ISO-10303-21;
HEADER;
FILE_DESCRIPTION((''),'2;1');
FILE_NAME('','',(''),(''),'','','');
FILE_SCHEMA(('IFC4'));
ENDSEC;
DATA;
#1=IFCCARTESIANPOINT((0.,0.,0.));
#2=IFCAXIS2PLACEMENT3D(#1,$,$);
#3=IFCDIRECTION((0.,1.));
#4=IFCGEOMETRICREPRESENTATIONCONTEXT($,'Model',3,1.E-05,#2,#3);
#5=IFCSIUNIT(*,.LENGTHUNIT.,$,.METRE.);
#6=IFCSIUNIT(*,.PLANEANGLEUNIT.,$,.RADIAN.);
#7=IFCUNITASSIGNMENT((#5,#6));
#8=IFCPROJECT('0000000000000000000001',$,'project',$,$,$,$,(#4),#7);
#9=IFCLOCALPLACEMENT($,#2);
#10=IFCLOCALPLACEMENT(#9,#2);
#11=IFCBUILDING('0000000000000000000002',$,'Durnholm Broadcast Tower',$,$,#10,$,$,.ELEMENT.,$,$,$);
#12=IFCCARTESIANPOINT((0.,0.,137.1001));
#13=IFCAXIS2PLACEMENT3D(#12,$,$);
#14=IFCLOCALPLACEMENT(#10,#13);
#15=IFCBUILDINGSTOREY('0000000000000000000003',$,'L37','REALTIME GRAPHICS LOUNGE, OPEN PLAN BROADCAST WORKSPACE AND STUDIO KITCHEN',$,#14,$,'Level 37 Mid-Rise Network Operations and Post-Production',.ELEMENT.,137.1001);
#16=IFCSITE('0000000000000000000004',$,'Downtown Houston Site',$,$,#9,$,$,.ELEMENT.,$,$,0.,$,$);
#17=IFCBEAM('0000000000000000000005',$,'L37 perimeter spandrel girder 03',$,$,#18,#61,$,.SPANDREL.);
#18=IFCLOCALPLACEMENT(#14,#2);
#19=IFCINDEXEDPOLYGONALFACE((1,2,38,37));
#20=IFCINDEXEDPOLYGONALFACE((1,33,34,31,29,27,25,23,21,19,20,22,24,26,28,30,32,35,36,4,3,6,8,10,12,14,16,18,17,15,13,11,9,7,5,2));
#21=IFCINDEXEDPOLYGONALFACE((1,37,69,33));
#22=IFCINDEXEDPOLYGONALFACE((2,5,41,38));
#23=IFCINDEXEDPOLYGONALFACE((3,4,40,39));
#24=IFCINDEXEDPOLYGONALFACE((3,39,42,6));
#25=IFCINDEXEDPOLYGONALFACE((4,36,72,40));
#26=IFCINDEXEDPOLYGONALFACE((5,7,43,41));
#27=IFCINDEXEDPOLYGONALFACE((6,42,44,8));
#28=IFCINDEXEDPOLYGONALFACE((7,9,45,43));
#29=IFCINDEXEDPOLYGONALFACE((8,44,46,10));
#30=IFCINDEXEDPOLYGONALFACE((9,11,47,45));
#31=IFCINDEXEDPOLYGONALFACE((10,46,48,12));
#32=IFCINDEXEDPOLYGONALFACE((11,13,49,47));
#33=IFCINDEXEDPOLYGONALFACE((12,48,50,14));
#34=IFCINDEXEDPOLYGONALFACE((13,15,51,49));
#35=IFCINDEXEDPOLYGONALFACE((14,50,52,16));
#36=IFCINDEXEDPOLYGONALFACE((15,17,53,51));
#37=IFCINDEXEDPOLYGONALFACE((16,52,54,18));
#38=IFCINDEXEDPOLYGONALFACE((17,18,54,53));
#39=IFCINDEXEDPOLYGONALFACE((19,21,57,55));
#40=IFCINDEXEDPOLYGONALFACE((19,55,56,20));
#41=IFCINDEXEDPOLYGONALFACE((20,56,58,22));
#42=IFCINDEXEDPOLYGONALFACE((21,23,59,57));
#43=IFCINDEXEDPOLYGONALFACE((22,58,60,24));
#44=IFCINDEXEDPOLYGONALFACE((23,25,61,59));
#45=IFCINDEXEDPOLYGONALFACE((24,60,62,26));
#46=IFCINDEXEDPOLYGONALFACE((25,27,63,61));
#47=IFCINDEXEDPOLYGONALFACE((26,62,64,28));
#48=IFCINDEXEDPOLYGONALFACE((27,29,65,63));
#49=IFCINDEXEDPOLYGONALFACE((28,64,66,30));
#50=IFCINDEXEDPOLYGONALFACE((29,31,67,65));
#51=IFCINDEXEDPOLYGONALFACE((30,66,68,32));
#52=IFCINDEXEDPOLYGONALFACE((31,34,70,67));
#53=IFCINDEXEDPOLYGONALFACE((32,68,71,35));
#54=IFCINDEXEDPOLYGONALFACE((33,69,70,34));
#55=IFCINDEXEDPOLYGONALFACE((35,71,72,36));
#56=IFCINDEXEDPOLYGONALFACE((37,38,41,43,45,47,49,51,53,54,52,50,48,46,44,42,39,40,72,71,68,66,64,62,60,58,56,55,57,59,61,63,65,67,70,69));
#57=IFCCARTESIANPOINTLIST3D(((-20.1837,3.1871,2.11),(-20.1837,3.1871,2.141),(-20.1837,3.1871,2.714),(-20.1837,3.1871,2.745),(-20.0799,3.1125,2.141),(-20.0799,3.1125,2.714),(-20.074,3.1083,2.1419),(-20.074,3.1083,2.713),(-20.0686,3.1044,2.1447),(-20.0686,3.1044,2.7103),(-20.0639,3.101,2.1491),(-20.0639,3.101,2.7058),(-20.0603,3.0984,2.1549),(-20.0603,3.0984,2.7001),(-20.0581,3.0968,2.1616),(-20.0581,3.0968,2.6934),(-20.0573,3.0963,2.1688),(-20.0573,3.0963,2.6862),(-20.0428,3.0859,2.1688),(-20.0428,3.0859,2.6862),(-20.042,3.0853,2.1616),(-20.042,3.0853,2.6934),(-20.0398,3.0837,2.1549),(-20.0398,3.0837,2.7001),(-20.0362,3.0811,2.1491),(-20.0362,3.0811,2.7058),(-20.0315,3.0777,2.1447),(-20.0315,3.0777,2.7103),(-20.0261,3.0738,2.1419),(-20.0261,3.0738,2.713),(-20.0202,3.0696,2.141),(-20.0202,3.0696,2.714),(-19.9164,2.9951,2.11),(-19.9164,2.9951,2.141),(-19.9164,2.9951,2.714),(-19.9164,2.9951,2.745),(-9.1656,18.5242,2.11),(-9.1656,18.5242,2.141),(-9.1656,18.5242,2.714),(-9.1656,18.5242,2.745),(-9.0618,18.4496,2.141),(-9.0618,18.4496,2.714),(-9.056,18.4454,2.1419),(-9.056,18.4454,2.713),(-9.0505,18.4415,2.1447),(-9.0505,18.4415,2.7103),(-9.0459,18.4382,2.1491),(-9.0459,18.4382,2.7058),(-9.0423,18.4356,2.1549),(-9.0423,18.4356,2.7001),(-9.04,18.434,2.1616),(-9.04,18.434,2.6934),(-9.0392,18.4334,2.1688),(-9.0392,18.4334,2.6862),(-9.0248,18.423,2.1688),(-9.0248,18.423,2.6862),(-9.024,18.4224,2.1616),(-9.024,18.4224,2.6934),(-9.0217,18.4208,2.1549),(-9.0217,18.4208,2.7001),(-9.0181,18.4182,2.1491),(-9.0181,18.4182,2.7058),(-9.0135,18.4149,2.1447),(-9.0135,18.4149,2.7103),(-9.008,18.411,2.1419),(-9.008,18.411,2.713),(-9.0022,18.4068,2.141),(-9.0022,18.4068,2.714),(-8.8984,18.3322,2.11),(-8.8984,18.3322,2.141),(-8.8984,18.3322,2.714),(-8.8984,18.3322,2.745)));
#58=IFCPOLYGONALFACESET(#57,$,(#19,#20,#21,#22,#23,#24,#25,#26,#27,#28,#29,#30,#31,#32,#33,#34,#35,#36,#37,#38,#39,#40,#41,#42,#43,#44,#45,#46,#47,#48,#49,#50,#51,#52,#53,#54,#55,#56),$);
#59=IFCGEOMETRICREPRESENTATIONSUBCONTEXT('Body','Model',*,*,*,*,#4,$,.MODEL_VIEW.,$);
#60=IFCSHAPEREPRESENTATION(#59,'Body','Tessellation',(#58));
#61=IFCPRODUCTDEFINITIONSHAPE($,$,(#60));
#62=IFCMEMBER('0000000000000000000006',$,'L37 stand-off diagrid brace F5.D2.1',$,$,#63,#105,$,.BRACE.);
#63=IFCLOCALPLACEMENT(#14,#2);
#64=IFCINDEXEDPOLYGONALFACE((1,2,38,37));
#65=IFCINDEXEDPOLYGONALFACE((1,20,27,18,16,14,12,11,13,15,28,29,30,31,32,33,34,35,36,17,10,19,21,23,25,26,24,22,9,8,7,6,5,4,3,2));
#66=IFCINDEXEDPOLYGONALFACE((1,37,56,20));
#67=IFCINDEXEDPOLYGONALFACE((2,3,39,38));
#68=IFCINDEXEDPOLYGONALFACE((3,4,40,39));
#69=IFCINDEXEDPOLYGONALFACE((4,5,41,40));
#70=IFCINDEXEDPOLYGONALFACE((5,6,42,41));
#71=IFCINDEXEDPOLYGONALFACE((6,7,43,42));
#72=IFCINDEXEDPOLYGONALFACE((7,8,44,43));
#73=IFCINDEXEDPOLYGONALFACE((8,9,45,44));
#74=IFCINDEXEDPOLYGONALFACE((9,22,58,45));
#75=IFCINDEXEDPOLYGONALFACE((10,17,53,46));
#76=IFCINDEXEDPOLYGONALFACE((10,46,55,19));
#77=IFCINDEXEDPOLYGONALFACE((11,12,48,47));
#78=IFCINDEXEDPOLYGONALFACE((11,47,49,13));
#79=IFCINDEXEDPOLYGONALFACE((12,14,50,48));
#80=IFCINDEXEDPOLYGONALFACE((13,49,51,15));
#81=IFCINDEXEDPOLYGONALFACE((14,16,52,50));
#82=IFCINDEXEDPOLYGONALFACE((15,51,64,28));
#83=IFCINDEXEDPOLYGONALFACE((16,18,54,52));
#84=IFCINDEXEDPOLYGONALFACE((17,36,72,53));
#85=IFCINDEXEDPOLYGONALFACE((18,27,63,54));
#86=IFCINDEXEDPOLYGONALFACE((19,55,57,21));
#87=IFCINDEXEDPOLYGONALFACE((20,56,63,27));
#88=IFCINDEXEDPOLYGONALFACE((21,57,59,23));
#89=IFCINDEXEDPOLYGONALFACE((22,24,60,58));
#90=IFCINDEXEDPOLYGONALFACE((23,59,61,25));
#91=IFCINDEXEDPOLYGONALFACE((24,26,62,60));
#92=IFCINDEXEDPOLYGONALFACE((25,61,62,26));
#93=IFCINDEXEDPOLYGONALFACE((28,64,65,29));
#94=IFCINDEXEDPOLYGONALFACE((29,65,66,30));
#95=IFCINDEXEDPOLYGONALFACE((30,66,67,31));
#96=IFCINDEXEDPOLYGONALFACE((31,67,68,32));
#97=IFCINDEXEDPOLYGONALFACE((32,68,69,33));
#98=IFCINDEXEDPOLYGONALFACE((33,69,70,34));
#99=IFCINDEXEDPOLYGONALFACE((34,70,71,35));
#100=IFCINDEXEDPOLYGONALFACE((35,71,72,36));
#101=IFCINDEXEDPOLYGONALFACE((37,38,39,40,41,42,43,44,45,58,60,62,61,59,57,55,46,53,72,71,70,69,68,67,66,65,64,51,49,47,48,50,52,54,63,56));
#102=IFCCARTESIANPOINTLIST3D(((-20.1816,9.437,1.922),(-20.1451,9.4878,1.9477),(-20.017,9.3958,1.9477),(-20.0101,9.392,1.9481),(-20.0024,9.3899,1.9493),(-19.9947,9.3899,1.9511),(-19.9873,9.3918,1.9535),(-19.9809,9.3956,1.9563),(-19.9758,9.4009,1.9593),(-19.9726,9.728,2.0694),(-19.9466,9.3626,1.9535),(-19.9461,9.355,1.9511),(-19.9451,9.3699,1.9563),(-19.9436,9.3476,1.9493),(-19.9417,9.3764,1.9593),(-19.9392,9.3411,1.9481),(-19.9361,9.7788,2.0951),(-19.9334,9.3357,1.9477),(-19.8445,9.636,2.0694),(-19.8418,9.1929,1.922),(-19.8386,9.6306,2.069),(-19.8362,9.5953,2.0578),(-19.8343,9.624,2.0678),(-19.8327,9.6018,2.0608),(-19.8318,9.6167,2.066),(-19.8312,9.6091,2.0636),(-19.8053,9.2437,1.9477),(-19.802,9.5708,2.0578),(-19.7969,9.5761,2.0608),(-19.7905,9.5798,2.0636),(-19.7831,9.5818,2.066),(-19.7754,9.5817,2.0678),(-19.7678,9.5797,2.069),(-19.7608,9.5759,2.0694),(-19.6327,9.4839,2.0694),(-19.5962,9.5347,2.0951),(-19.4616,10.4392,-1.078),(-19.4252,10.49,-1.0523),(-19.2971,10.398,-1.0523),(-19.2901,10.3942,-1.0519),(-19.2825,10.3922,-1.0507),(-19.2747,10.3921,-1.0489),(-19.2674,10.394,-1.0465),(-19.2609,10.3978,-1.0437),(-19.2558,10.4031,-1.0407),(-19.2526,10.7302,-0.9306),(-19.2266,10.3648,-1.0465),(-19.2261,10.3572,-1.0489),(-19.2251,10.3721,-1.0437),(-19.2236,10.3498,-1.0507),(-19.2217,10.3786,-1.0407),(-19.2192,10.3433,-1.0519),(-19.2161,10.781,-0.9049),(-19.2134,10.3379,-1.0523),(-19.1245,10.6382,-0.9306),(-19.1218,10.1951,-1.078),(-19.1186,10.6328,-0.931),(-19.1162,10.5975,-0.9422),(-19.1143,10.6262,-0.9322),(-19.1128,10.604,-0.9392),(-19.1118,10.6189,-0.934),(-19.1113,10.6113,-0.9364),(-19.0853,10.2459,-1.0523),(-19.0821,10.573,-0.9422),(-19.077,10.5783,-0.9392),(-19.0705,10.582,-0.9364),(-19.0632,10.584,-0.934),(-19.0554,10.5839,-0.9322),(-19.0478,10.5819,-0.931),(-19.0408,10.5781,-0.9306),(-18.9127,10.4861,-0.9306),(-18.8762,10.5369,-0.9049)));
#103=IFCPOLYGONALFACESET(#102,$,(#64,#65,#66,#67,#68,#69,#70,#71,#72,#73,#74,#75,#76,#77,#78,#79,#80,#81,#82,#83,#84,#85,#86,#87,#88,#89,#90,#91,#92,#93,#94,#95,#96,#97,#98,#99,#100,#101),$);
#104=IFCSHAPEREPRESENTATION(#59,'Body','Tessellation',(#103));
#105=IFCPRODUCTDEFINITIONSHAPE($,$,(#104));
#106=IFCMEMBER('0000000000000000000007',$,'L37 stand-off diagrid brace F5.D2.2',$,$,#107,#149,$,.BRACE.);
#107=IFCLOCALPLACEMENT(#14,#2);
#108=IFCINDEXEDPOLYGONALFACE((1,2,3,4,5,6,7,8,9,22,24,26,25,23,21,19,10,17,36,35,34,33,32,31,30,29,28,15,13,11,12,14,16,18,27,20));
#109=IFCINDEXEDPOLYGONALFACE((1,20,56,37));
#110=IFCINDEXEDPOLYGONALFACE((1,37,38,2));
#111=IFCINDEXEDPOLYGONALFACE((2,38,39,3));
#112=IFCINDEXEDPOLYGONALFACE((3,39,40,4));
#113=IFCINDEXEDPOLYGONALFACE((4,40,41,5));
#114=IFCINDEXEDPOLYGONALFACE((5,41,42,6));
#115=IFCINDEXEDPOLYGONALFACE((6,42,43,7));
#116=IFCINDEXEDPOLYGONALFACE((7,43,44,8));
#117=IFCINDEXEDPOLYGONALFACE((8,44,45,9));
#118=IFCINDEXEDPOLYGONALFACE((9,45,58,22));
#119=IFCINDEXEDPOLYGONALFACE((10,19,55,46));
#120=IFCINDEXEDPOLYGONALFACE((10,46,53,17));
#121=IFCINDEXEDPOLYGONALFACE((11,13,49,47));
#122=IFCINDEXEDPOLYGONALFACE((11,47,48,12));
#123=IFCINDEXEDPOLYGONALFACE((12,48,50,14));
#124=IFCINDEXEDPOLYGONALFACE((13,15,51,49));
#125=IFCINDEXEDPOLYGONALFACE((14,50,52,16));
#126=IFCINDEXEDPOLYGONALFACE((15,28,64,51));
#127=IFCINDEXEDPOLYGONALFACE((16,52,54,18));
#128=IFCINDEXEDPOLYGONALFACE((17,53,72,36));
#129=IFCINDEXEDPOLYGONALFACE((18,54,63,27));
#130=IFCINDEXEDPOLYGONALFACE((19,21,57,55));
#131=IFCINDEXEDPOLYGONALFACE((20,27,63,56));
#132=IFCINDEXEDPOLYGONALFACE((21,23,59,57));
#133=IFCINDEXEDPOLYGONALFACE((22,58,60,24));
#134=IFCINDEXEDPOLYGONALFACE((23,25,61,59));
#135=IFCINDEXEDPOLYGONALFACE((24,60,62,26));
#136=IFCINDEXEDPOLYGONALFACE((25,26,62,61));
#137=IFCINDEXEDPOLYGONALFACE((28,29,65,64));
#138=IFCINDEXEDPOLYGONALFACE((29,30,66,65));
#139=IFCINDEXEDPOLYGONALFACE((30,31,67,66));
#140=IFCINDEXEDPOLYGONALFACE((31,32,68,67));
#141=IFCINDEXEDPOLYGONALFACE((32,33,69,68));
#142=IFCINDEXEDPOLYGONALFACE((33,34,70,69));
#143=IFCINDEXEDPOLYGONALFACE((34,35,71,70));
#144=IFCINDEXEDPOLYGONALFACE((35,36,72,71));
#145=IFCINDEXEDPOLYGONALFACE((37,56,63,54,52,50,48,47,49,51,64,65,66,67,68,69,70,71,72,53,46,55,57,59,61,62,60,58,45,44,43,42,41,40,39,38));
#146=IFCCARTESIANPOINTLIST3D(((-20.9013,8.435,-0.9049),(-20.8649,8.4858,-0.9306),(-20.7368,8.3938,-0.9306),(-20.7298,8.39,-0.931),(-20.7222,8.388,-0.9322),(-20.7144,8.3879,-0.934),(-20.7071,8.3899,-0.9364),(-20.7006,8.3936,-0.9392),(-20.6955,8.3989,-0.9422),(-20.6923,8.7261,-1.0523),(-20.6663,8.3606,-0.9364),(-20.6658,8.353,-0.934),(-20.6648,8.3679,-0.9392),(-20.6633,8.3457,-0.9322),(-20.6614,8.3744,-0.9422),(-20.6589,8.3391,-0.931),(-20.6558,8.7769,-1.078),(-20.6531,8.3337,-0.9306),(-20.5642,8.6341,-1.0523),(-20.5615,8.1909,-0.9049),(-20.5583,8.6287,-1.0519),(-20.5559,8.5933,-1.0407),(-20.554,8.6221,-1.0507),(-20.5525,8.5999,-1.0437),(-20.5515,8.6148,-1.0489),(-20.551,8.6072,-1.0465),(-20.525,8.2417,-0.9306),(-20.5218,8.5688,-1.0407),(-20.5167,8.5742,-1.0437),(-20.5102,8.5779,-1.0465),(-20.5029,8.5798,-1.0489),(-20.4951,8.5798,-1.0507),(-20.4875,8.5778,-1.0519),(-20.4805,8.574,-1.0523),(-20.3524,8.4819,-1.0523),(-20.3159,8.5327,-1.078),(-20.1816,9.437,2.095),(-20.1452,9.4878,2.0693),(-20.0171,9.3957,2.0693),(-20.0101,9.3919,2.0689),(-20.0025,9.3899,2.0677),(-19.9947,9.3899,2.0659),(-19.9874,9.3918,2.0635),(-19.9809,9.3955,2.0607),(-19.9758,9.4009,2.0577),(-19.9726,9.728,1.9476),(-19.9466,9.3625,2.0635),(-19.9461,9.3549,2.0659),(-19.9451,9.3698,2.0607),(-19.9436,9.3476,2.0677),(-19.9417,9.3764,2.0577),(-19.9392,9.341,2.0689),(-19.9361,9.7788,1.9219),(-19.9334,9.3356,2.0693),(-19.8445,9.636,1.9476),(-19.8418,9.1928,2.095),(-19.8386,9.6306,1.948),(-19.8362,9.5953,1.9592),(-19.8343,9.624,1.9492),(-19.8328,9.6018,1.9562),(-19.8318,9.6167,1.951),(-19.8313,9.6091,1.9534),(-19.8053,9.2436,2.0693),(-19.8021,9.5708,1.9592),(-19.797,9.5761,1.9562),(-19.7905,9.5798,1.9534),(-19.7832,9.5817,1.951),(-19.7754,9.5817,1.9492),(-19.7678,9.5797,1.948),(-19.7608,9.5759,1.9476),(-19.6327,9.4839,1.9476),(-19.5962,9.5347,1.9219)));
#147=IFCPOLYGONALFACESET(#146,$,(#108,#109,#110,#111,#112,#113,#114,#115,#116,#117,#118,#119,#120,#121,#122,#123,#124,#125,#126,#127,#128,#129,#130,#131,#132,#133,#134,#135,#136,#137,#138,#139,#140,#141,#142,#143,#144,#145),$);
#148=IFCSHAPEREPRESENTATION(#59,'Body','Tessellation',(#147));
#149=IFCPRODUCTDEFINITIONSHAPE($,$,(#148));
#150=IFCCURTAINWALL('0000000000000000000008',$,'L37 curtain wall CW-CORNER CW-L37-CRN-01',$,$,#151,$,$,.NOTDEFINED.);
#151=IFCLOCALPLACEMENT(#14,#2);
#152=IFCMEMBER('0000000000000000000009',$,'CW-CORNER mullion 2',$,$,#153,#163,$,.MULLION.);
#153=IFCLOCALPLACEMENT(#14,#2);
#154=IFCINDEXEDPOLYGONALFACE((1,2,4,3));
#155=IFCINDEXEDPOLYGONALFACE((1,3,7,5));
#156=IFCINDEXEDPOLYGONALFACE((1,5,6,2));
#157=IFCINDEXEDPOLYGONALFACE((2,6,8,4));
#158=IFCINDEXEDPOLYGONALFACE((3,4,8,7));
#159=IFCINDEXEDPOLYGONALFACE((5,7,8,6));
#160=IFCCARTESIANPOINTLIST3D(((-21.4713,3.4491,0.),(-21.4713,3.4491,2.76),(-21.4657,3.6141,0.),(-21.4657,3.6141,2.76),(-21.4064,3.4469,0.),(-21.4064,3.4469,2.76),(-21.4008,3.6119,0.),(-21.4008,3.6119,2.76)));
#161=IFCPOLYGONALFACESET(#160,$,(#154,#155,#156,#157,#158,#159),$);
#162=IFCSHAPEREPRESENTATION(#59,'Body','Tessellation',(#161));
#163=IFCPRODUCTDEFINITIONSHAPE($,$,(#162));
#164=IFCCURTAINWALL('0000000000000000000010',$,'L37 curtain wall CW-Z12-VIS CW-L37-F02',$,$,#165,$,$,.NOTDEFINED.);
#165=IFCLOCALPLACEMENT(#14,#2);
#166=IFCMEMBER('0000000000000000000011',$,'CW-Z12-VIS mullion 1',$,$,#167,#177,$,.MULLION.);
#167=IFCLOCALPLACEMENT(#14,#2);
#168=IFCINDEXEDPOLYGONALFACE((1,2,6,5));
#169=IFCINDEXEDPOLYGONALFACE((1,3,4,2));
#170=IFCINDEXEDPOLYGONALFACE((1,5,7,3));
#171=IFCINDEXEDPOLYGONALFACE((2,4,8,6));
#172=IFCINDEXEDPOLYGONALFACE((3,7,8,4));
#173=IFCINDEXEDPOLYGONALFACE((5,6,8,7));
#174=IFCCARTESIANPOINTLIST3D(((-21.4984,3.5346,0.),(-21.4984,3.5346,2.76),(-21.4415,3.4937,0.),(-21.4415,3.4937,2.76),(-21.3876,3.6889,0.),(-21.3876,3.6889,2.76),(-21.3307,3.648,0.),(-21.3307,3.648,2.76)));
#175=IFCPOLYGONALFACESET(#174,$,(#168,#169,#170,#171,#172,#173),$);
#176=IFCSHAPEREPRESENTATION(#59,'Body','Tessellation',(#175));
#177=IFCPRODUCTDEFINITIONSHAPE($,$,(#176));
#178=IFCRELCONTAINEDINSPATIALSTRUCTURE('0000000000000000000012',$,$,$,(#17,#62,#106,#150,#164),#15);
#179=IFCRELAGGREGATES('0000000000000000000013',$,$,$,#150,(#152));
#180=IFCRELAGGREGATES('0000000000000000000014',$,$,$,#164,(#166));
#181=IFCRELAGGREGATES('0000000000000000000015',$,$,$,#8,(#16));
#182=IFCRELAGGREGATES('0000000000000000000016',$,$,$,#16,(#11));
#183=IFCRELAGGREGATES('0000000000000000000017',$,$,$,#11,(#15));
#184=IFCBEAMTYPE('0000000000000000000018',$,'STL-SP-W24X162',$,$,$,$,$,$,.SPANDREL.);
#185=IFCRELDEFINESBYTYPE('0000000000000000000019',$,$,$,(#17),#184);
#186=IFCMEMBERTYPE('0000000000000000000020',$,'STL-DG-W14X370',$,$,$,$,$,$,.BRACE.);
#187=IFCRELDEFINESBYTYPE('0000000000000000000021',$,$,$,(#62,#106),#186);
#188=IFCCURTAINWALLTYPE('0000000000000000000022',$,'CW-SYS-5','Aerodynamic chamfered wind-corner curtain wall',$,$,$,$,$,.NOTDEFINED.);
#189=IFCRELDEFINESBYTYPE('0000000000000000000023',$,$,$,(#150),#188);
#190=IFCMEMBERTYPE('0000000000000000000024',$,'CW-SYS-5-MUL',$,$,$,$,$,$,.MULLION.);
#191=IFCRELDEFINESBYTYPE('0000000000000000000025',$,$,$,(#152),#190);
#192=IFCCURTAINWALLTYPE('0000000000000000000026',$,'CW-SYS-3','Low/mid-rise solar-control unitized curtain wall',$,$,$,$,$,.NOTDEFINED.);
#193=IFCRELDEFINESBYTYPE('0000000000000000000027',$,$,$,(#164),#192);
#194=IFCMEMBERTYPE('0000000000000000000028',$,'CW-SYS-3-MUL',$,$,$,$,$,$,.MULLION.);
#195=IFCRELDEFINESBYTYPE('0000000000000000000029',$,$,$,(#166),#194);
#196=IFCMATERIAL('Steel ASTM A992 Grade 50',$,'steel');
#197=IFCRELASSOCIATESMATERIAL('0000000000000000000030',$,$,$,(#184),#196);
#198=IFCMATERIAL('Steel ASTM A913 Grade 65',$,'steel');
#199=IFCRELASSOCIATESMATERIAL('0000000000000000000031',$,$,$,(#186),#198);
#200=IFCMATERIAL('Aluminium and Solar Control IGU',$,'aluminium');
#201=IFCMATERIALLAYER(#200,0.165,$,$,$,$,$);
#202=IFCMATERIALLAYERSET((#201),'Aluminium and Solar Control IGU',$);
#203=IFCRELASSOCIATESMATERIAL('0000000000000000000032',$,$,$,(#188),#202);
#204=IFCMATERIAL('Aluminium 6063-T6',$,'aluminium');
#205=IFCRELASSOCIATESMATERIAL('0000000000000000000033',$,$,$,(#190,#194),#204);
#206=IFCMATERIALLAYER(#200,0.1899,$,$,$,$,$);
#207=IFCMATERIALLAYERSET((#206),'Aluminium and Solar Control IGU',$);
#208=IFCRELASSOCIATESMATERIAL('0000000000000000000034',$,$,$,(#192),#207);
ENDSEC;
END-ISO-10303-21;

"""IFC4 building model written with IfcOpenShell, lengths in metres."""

from ifc_helpers import new_model, si_unit, direction, frame, origin, origin_2d, place, context, subcontext, project, spatial, rectangle, i_section, extrude, source, transform, mapped, material, layer, layer_set, material_profile, profile_set, type_object, type_shapes, element, aggregate, save


model = new_model("IFC4")

# Units and contexts
model_context = context("Model", 3, precision=1e-05, world=origin(), true_north=direction((0.0, 1.0)))
body_context = subcontext(model_context, "Body", "Model", "MODEL_VIEW")
ifc_project = project(units=[si_unit("LENGTHUNIT", "METRE"), si_unit("PLANEANGLEUNIT", "RADIAN")], contexts=[model_context])

# Site, building, storey
site_placement = place(None, origin())
site = spatial("IfcSite", under=ifc_project, at=site_placement, Name="Downtown Houston Site", CompositionType="ELEMENT", RefElevation=0.0)
building_placement = place(site_placement, origin())
building = spatial("IfcBuilding", under=site, at=building_placement, Name="Durnholm Broadcast Tower", CompositionType="ELEMENT")
storey_placement = place(building_placement, frame((0.0, 0.0, 137.1001)))
storey = spatial("IfcBuildingStorey", under=building, at=storey_placement, Name="L37", Description="REALTIME GRAPHICS LOUNGE, OPEN PLAN BROADCAST WORKSPACE AND STUDIO KITCHEN", LongName="Level 37 Mid-Rise Network Operations and Post-Production", CompositionType="ELEMENT", Elevation=137.1001)

# Beam
ifc_material_1 = material(Name="Steel ASTM A992 Grade 50", Category="steel")
ifc_material_profile_1 = material_profile(ifc_material_1, i_section(OverallWidth=0.3291, OverallDepth=0.635, WebThickness=0.0178, FlangeThickness=0.031, FilletRadius=0.0278, at=origin_2d()), Name="W24X162")
ifc_profile_set_1 = profile_set([ifc_material_profile_1], Name="Steel ASTM A992 Grade 50")
beam_type_1 = type_object("IfcBeamType", Name="STL-SP-W24X162", PredefinedType="SPANDREL", material=ifc_profile_set_1)
shared_shape_1 = source(origin(), body_context, "Body", "SweptSolid", [
    extrude(i_section(OverallWidth=0.3291, OverallDepth=0.635, WebThickness=0.0178, FlangeThickness=0.031, FilletRadius=0.0278, at=origin_2d()), origin(), (0.0, 0.0, 1.0), 18.8845),
])
beam_1_placement = place(storey_placement, frame((-20.05, 3.0911, 2.4275), z_axis=(0.583443, 0.812154, 0.0), x_axis=(-0.812154, 0.583443, 0.0)))
element("IfcBeam", 1, at=beam_1_placement, inside=storey, type_object=beam_type_1, Name="L37 perimeter spandrel girder 03", PredefinedType="SPANDREL", context=body_context, shape_type="MappedRepresentation", body=[
    mapped(shared_shape_1, transform((0.0, 0.0, 0.0), x_axis=(1.0, 0.0, 0.0), y_axis=(0.0, 1.0, 0.0), z_axis=(0.0, 0.0, 1.0), scale=1.0)),
])

# Members
ifc_material_2 = material(Name="Steel ASTM A913 Grade 65", Category="steel")
ifc_material_profile_2 = material_profile(ifc_material_2, i_section(OverallWidth=0.4185, OverallDepth=0.4551, WebThickness=0.042, FlangeThickness=0.0676, FilletRadius=0.0305, at=origin_2d()), Name="W14X370")
ifc_profile_set_2 = profile_set([ifc_material_profile_2], Name="Steel ASTM A913 Grade 65")
member_type_1 = type_object("IfcMemberType", Name="STL-DG-W14X370", PredefinedType="BRACE", material=ifc_profile_set_2)
shared_shape_2 = source(origin(), body_context, "Body", "SweptSolid", [
    extrude(i_section(OverallWidth=0.4185, OverallDepth=0.4551, WebThickness=0.042, FlangeThickness=0.0676, FilletRadius=0.0305, at=origin_2d()), origin(), (0.0, 0.0, 1.0), 3.2439),
])
member_1_placement = place(storey_placement, frame((-19.1689, 10.488, -0.9915), z_axis=(-0.221947, -0.30895, 0.924818), x_axis=(0.812153, -0.583444, 0.0)))
element("IfcMember", 2, at=member_1_placement, inside=storey, type_object=member_type_1, Name="L37 stand-off diagrid brace F5.D2.1", PredefinedType="BRACE", context=body_context, shape_type="MappedRepresentation", body=[
    mapped(shared_shape_2, transform((0.0, 0.0, 0.0), x_axis=(1.0, 0.0, 0.0), y_axis=(0.0, 1.0, 0.0), z_axis=(0.0, 0.0, 1.0), scale=1.0)),
])
shared_shape_3 = source(origin(), body_context, "Body", "SweptSolid", [
    extrude(i_section(OverallWidth=0.4185, OverallDepth=0.4551, WebThickness=0.042, FlangeThickness=0.0676, FilletRadius=0.0305, at=origin_2d()), origin(), (0.0, 0.0, 1.0), 3.2437),
])
type_shapes(member_type_1, [shared_shape_2, shared_shape_3])
member_2_placement = place(storey_placement, frame((-20.6086, 8.4839, -0.9915), z_axis=(0.221881, 0.308887, 0.924855), x_axis=(-0.812179, 0.583408, 0.0)))
element("IfcMember", 3, at=member_2_placement, inside=storey, type_object=member_type_1, Name="L37 stand-off diagrid brace F5.D2.2", PredefinedType="BRACE", context=body_context, shape_type="MappedRepresentation", body=[
    mapped(shared_shape_3, transform((0.0, 0.0, 0.0), x_axis=(1.0, 0.0, 0.0), y_axis=(0.0, 1.0, 0.0), z_axis=(0.0, 0.0, 1.0), scale=1.0)),
])

# Curtain walls, members
ifc_material_3 = material(Name="Aluminium and Solar Control IGU", Category="aluminium")
ifc_layer_1 = layer(ifc_material_3, 0.165)
ifc_layer_set_1 = layer_set([ifc_layer_1], Name="Aluminium and Solar Control IGU")
curtain_wall_type_1 = type_object("IfcCurtainWallType", Name="CW-SYS-5", Description="Aerodynamic chamfered wind-corner curtain wall", PredefinedType="NOTDEFINED", material=ifc_layer_set_1)
curtain_wall_1_placement = place(storey_placement, origin())
curtain_wall_1 = element("IfcCurtainWall", 4, at=curtain_wall_1_placement, inside=storey, type_object=curtain_wall_type_1, Name="L37 curtain wall CW-CORNER CW-L37-CRN-01", PredefinedType="NOTDEFINED")
ifc_material_4 = material(Name="Aluminium 6063-T6", Category="aluminium")
ifc_material_profile_3 = material_profile(ifc_material_4, rectangle(XDim=0.0649, YDim=0.165, at=origin_2d()), Name="CWM65X165")
ifc_profile_set_3 = profile_set([ifc_material_profile_3], Name="Aluminium 6063-T6")
member_type_2 = type_object("IfcMemberType", Name="CW-SYS-5-MUL", PredefinedType="MULLION", material=ifc_profile_set_3)
shared_shape_4 = source(origin(), body_context, "Body", "SweptSolid", [
    extrude(rectangle(XDim=0.0649, YDim=0.165, at=origin_2d()), origin(), (0.0, 0.0, 1.0), 2.76),
])
type_shapes(member_type_2, [shared_shape_4])
member_3_placement = place(storey_placement, frame((-21.436, 3.5305, 0.0), z_axis=(0.0, 0.0, 1.0), x_axis=(-0.999425, 0.033917, 0.0)))
member_3 = element("IfcMember", 5, at=member_3_placement, type_object=member_type_2, Name="CW-CORNER mullion 2", PredefinedType="MULLION", context=body_context, shape_type="MappedRepresentation", body=[
    mapped(shared_shape_4, transform((0.0, 0.0, 0.0), x_axis=(1.0, 0.0, 0.0), y_axis=(0.0, 1.0, 0.0), z_axis=(0.0, 0.0, 1.0), scale=1.0)),
])
ifc_layer_2 = layer(ifc_material_3, 0.1899)
ifc_layer_set_2 = layer_set([ifc_layer_2], Name="Aluminium and Solar Control IGU")
curtain_wall_type_2 = type_object("IfcCurtainWallType", Name="CW-SYS-3", Description="Low/mid-rise solar-control unitized curtain wall", PredefinedType="NOTDEFINED", material=ifc_layer_set_2)
curtain_wall_2_placement = place(storey_placement, origin())
curtain_wall_2 = element("IfcCurtainWall", 6, at=curtain_wall_2_placement, inside=storey, type_object=curtain_wall_type_2, Name="L37 curtain wall CW-Z12-VIS CW-L37-F02", PredefinedType="NOTDEFINED")
ifc_material_profile_4 = material_profile(ifc_material_4, rectangle(XDim=0.0701, YDim=0.1899, at=origin_2d()), Name="CWM70X190")
ifc_profile_set_4 = profile_set([ifc_material_profile_4], Name="Aluminium 6063-T6")
member_type_3 = type_object("IfcMemberType", Name="CW-SYS-3-MUL", PredefinedType="MULLION", material=ifc_profile_set_4)
shared_shape_5 = source(origin(), body_context, "Body", "SweptSolid", [
    extrude(rectangle(XDim=0.0701, YDim=0.1899, at=origin_2d()), origin(), (0.0, 0.0, 1.0), 2.76),
])
type_shapes(member_type_3, [shared_shape_5])
member_4_placement = place(storey_placement, frame((-21.4146, 3.5913, 0.0), z_axis=(0.0, 0.0, 1.0), x_axis=(-0.812152, 0.583445, 0.0)))
member_4 = element("IfcMember", 7, at=member_4_placement, type_object=member_type_3, Name="CW-Z12-VIS mullion 1", PredefinedType="MULLION", context=body_context, shape_type="MappedRepresentation", body=[
    mapped(shared_shape_5, transform((0.0, 0.0, 0.0), x_axis=(1.0, 0.0, 0.0), y_axis=(0.0, 1.0, 0.0), z_axis=(0.0, 0.0, 1.0), scale=1.0)),
])

aggregate(curtain_wall_1, [member_3])
aggregate(curtain_wall_2, [member_4])

save(model, "model.ifc")
